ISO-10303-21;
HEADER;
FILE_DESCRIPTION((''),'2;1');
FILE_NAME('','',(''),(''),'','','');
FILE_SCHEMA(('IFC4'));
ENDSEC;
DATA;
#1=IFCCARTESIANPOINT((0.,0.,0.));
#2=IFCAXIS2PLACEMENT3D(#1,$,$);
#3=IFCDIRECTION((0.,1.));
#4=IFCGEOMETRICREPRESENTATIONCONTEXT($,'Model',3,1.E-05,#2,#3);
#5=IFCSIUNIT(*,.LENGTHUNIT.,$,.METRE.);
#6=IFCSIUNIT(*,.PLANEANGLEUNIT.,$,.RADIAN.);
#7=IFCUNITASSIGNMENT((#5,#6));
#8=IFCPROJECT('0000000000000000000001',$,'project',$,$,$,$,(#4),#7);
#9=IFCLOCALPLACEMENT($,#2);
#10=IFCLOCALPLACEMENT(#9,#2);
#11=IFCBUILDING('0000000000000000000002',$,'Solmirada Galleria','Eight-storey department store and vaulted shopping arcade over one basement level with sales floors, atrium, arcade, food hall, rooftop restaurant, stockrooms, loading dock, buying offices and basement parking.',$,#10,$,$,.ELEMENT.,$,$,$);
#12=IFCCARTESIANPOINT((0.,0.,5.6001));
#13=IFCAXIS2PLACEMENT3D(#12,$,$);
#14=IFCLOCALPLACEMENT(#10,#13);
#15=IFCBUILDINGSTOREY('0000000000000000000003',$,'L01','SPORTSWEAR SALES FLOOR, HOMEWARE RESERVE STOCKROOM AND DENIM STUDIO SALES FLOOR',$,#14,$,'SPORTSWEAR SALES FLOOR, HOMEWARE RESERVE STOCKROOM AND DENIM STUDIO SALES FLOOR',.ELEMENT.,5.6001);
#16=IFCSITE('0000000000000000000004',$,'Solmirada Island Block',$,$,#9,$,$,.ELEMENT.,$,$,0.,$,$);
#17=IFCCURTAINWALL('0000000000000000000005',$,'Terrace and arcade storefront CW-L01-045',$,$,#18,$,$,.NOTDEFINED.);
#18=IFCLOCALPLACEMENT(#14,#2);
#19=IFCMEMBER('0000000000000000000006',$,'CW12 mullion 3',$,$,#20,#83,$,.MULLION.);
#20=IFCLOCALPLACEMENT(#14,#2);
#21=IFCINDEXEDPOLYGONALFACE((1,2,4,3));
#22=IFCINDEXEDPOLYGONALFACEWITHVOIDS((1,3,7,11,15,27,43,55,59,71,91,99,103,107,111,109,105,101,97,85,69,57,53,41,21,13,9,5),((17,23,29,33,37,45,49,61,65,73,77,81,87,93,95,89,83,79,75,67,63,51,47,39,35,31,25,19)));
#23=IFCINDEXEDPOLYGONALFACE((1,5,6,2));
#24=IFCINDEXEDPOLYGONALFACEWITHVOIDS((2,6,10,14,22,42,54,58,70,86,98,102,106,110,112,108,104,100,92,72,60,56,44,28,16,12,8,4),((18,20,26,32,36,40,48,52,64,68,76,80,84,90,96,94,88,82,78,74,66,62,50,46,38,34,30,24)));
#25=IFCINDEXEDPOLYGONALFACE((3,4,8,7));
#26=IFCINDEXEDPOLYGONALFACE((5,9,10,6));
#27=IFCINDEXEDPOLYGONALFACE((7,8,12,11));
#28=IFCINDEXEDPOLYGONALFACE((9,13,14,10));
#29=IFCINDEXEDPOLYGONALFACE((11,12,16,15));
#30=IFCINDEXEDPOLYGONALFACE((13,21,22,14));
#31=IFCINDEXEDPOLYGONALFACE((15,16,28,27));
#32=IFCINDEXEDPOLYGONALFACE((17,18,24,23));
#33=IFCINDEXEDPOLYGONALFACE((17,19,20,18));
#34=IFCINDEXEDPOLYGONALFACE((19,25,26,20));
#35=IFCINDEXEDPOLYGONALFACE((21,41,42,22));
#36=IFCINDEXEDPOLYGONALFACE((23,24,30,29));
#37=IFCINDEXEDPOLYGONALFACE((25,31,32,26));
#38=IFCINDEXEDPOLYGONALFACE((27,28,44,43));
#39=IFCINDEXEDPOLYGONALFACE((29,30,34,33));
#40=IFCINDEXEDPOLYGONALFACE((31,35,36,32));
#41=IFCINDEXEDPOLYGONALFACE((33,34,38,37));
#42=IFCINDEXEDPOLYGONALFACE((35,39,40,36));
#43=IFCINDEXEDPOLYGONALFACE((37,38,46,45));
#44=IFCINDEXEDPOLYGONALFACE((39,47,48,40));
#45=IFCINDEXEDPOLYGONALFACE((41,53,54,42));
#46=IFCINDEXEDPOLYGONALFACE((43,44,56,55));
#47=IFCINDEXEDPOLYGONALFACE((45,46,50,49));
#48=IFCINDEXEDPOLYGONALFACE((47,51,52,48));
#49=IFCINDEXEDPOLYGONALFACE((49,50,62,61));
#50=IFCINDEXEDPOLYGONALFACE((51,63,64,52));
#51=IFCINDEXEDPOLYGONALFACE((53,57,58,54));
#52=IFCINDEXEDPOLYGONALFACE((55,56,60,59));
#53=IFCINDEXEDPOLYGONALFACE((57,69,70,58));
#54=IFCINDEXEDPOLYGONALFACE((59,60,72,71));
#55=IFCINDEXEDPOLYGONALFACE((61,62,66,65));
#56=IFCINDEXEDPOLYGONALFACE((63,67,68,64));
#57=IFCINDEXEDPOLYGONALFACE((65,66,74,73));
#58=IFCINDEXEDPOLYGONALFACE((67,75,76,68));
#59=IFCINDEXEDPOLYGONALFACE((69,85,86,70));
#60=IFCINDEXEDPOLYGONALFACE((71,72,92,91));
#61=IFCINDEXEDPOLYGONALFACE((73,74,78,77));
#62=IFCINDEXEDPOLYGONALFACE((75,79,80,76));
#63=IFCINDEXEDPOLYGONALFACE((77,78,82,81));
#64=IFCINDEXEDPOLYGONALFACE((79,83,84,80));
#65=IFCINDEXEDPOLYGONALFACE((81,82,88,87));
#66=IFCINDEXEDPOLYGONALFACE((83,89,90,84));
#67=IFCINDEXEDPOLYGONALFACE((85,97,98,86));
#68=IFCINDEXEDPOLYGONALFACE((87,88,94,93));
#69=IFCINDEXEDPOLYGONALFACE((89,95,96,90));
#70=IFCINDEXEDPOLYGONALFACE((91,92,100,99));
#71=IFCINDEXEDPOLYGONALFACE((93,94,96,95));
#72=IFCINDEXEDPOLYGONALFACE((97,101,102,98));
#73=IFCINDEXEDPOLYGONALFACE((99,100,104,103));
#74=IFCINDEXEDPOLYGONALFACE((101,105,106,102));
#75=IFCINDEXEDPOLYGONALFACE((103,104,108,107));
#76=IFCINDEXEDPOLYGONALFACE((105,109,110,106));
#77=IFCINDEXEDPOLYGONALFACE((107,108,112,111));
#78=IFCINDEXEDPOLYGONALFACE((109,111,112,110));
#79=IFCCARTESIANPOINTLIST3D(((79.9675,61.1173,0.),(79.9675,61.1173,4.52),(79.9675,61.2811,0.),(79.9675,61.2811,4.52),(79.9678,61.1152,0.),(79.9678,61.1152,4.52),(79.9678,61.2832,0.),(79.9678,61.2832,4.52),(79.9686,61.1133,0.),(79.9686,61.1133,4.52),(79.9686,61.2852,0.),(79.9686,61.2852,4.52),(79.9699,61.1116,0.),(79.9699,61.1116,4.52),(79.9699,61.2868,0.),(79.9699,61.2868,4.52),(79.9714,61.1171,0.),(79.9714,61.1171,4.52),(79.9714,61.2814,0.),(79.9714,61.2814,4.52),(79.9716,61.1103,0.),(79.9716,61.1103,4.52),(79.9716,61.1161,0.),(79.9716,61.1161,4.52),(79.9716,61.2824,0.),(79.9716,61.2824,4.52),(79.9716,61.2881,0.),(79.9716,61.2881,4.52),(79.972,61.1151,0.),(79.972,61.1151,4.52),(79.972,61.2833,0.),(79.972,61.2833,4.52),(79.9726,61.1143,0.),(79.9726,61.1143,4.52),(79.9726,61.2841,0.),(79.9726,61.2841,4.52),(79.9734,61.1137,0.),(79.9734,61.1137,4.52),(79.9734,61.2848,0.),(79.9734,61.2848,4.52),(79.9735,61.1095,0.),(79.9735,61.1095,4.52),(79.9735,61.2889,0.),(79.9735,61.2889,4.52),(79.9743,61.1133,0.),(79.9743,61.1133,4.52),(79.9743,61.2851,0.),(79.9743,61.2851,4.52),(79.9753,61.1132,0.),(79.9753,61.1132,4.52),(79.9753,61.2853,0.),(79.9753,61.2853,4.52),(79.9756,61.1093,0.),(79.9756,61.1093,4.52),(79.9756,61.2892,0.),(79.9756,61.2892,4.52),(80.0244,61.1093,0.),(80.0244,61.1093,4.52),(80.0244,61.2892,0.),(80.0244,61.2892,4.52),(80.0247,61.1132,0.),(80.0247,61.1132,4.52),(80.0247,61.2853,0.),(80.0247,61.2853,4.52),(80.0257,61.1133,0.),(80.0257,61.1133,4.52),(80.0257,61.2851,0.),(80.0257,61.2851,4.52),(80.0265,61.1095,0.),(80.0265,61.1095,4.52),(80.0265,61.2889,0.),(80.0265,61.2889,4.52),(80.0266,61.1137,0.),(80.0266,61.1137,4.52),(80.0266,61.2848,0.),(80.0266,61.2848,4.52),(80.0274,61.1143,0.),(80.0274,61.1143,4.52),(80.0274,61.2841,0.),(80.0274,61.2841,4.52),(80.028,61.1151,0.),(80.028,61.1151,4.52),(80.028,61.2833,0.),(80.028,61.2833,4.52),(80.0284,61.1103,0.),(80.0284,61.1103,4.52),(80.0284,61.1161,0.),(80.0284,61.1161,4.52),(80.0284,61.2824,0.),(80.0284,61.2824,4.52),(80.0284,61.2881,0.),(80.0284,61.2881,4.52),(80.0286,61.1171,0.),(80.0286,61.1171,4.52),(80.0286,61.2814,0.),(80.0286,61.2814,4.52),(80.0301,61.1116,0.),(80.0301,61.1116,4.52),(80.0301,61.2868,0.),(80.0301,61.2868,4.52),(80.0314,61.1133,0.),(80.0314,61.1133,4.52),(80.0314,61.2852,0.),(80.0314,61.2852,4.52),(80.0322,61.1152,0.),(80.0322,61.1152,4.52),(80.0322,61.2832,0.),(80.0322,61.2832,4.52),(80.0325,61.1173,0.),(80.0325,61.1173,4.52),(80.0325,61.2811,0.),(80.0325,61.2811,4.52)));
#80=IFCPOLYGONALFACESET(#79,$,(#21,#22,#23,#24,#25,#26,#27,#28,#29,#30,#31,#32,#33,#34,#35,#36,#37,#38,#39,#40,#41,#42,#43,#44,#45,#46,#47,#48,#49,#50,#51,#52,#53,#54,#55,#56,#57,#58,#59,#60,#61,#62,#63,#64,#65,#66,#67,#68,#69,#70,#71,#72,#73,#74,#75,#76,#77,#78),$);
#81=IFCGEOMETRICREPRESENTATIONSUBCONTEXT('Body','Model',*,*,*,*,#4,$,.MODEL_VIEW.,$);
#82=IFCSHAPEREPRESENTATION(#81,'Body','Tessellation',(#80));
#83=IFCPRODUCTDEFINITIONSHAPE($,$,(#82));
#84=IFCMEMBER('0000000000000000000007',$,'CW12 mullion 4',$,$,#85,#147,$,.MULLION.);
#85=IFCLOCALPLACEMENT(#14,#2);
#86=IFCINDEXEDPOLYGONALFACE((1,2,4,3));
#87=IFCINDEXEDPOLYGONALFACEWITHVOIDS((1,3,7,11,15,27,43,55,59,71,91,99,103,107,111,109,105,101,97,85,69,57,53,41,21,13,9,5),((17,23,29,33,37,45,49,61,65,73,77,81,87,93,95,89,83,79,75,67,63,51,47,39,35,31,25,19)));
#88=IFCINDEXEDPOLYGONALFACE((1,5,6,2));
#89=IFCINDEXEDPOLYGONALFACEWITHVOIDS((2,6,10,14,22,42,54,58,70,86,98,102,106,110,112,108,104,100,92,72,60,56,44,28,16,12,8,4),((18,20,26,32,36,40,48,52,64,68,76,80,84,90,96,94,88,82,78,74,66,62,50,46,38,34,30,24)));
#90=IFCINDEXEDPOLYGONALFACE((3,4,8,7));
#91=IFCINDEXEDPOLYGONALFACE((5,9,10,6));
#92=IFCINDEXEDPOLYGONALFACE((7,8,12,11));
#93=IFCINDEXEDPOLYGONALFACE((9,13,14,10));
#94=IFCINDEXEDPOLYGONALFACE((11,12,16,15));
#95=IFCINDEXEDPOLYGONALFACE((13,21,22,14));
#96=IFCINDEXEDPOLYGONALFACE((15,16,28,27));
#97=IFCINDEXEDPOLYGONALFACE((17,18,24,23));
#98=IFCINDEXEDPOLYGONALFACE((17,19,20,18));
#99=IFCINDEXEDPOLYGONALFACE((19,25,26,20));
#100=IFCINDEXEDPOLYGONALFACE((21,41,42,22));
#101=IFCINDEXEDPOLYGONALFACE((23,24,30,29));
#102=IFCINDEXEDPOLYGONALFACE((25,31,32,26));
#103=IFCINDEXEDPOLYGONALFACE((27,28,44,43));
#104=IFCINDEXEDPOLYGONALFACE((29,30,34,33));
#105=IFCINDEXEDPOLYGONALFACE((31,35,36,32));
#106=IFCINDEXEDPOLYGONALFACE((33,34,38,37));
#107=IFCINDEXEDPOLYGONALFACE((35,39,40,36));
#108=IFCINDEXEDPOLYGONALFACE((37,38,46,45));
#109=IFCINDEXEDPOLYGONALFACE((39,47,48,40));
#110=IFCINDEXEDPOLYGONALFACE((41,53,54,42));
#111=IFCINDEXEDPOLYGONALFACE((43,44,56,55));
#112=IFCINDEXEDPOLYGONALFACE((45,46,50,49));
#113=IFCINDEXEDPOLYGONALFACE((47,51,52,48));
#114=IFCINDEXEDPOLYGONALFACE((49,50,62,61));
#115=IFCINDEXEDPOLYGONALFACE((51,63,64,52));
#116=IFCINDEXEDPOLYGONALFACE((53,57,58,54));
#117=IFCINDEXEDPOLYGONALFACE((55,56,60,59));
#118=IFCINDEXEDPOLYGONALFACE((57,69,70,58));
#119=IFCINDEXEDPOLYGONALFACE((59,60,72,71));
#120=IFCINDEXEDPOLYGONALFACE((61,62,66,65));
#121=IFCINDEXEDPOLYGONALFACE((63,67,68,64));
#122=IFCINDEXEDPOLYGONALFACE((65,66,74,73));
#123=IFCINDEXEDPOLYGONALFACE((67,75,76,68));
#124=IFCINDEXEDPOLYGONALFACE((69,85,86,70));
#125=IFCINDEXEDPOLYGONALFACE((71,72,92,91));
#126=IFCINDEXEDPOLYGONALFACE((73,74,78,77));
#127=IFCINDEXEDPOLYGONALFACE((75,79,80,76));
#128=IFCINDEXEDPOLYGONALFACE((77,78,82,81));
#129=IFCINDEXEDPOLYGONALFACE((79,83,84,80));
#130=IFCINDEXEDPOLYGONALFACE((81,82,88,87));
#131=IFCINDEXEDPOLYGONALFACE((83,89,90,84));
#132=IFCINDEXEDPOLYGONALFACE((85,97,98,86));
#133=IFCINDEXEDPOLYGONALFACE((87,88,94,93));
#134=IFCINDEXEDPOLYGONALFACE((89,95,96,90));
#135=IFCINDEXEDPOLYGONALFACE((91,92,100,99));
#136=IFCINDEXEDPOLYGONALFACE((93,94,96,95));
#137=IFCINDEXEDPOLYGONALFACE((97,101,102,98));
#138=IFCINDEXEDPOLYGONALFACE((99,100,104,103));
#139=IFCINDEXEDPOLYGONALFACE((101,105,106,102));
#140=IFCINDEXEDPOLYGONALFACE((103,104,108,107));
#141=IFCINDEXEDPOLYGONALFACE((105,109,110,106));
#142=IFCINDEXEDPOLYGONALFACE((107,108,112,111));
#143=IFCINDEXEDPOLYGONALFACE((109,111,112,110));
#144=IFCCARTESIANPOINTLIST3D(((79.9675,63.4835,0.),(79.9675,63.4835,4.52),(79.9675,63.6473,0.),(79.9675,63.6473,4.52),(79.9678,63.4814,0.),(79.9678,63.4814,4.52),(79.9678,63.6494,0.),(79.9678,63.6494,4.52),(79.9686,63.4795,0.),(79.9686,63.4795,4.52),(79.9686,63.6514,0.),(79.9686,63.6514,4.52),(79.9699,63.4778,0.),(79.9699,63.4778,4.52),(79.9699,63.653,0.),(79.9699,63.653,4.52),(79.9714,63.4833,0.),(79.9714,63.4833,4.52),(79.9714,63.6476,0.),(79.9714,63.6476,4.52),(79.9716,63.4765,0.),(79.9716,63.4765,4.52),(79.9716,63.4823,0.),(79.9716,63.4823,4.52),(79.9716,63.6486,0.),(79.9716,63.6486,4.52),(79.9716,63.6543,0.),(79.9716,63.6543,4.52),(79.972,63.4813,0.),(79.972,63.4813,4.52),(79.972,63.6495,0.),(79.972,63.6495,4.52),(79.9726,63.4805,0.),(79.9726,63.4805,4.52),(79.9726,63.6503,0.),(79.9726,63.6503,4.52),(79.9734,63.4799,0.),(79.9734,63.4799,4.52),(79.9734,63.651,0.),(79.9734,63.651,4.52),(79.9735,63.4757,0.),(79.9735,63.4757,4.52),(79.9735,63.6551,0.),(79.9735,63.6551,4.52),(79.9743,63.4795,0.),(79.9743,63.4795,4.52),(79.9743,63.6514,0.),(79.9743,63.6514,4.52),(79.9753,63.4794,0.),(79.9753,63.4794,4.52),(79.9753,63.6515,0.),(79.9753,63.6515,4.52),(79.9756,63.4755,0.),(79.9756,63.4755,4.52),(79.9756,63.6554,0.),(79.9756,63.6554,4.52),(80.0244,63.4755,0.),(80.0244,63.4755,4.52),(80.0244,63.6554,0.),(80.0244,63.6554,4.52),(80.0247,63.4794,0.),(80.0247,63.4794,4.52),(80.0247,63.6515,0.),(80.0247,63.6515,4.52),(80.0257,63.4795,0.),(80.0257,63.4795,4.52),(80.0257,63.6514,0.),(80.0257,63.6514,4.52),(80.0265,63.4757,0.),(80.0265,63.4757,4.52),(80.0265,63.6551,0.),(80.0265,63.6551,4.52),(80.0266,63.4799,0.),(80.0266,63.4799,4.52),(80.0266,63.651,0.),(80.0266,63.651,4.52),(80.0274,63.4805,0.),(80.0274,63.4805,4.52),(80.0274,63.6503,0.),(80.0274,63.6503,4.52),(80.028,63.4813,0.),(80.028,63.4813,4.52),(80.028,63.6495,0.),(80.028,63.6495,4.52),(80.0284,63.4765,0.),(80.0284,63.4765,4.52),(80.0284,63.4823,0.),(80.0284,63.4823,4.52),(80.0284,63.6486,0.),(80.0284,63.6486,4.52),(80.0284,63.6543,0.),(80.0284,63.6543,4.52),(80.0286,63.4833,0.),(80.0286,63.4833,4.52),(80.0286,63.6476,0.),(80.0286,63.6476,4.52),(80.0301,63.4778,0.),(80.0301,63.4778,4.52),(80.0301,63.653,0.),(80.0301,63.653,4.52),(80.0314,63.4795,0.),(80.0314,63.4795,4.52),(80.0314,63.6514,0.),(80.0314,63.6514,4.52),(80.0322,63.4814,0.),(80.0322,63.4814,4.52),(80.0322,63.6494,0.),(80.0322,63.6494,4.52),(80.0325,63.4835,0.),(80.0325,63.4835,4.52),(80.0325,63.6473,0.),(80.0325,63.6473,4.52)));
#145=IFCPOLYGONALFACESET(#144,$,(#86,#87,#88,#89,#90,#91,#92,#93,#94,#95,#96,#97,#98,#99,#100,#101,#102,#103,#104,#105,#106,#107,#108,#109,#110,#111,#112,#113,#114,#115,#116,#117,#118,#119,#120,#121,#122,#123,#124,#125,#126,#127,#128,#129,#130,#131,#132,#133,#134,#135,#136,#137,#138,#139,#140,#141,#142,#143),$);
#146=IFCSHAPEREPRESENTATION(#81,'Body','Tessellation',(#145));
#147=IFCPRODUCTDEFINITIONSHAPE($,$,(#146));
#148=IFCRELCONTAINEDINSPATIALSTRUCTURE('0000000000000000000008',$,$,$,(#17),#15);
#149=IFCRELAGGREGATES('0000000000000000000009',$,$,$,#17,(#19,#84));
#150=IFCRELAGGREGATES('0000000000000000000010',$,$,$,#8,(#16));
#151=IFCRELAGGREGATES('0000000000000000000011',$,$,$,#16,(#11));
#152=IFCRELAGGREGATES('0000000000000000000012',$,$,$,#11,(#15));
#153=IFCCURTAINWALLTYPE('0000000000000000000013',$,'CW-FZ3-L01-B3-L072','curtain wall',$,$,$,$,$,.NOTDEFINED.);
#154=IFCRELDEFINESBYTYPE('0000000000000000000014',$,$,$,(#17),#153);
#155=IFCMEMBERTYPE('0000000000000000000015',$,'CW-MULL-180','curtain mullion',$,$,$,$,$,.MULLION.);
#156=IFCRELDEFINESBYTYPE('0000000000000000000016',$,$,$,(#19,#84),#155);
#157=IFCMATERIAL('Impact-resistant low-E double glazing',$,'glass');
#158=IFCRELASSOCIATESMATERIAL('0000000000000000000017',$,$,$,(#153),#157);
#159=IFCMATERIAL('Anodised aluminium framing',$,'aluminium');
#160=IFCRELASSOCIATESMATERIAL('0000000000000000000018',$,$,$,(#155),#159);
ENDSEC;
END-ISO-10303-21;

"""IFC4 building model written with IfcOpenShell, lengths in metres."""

from ifc_helpers import new_model, si_unit, direction, frame, origin, origin_2d, place, context, subcontext, project, spatial, hollow_rectangle, extrude, material, material_profile, profile_set, type_object, element, aggregate, save


model = new_model("IFC4")

# Units and contexts
model_context = context("Model", 3, precision=1e-05, world=origin(), true_north=direction((0.0, 1.0)))
body_context = subcontext(model_context, "Body", "Model", "MODEL_VIEW")
ifc_project = project(units=[si_unit("LENGTHUNIT", "METRE"), si_unit("PLANEANGLEUNIT", "RADIAN")], contexts=[model_context])

# Site, building, storey
site_placement = place(None, origin())
site = spatial("IfcSite", under=ifc_project, at=site_placement, Name="Solmirada Island Block", CompositionType="ELEMENT", RefElevation=0.0)
building_placement = place(site_placement, origin())
building = spatial("IfcBuilding", under=site, at=building_placement, Name="Solmirada Galleria", Description="Eight-storey department store and vaulted shopping arcade over one basement level with sales floors, atrium, arcade, food hall, rooftop restaurant, stockrooms, loading dock, buying offices and basement parking.", CompositionType="ELEMENT")
storey_placement = place(building_placement, frame((0.0, 0.0, 5.6001)))
storey = spatial("IfcBuildingStorey", under=building, at=storey_placement, Name="L01", Description="SPORTSWEAR SALES FLOOR, HOMEWARE RESERVE STOCKROOM AND DENIM STUDIO SALES FLOOR", LongName="SPORTSWEAR SALES FLOOR, HOMEWARE RESERVE STOCKROOM AND DENIM STUDIO SALES FLOOR", CompositionType="ELEMENT", Elevation=5.6001)

# Curtain wall, members
ifc_material_1 = material(Name="Impact-resistant low-E double glazing", Category="glass")
curtain_wall_type = type_object("IfcCurtainWallType", Name="CW-FZ3-L01-B3-L072", Description="curtain wall", PredefinedType="NOTDEFINED", material=ifc_material_1)
curtain_wall_1_placement = place(storey_placement, origin())
curtain_wall_1 = element("IfcCurtainWall", 1, at=curtain_wall_1_placement, inside=storey, type_object=curtain_wall_type, Name="Terrace and arcade storefront CW-L01-045", PredefinedType="NOTDEFINED")
ifc_material_2 = material(Name="Anodised aluminium framing", Category="aluminium")
ifc_material_profile_1 = material_profile(ifc_material_2, hollow_rectangle(XDim=0.0649, YDim=0.1799, WallThickness=0.0039, InnerFilletRadius=0.0039, OuterFilletRadius=0.0081, at=origin_2d()), Name="ALU-MULL-180X65")
ifc_profile_set_1 = profile_set([ifc_material_profile_1], Name="Anodised aluminium framing")
member_type_1 = type_object("IfcMemberType", Name="CW-MULL-180", Description="curtain mullion", PredefinedType="MULLION", material=ifc_profile_set_1)
member_1_placement = place(storey_placement, frame((80.0, 61.1992, 0.0), z_axis=(0.0, 0.0, 1.0), x_axis=(-1.0, 0.0, 0.0)))
member_1 = element("IfcMember", 2, at=member_1_placement, type_object=member_type_1, Name="CW12 mullion 3", PredefinedType="MULLION", context=body_context, shape_type="SweptSolid", body=[
    extrude(hollow_rectangle(XDim=0.0649, YDim=0.1799, WallThickness=0.0039, InnerFilletRadius=0.0039, OuterFilletRadius=0.0081, at=origin_2d()), origin(), (0.0, 0.0, 1.0), 4.52),
])
member_2_placement = place(storey_placement, frame((80.0, 63.5654, 0.0), z_axis=(0.0, 0.0, 1.0), x_axis=(-1.0, 0.0, 0.0)))
member_2 = element("IfcMember", 3, at=member_2_placement, type_object=member_type_1, Name="CW12 mullion 4", PredefinedType="MULLION", context=body_context, shape_type="SweptSolid", body=[
    extrude(hollow_rectangle(XDim=0.0649, YDim=0.1799, WallThickness=0.0039, InnerFilletRadius=0.0039, OuterFilletRadius=0.0081, at=origin_2d()), origin(), (0.0, 0.0, 1.0), 4.52),
])

aggregate(curtain_wall_1, [member_1, member_2])

save(model, "model.ifc")
